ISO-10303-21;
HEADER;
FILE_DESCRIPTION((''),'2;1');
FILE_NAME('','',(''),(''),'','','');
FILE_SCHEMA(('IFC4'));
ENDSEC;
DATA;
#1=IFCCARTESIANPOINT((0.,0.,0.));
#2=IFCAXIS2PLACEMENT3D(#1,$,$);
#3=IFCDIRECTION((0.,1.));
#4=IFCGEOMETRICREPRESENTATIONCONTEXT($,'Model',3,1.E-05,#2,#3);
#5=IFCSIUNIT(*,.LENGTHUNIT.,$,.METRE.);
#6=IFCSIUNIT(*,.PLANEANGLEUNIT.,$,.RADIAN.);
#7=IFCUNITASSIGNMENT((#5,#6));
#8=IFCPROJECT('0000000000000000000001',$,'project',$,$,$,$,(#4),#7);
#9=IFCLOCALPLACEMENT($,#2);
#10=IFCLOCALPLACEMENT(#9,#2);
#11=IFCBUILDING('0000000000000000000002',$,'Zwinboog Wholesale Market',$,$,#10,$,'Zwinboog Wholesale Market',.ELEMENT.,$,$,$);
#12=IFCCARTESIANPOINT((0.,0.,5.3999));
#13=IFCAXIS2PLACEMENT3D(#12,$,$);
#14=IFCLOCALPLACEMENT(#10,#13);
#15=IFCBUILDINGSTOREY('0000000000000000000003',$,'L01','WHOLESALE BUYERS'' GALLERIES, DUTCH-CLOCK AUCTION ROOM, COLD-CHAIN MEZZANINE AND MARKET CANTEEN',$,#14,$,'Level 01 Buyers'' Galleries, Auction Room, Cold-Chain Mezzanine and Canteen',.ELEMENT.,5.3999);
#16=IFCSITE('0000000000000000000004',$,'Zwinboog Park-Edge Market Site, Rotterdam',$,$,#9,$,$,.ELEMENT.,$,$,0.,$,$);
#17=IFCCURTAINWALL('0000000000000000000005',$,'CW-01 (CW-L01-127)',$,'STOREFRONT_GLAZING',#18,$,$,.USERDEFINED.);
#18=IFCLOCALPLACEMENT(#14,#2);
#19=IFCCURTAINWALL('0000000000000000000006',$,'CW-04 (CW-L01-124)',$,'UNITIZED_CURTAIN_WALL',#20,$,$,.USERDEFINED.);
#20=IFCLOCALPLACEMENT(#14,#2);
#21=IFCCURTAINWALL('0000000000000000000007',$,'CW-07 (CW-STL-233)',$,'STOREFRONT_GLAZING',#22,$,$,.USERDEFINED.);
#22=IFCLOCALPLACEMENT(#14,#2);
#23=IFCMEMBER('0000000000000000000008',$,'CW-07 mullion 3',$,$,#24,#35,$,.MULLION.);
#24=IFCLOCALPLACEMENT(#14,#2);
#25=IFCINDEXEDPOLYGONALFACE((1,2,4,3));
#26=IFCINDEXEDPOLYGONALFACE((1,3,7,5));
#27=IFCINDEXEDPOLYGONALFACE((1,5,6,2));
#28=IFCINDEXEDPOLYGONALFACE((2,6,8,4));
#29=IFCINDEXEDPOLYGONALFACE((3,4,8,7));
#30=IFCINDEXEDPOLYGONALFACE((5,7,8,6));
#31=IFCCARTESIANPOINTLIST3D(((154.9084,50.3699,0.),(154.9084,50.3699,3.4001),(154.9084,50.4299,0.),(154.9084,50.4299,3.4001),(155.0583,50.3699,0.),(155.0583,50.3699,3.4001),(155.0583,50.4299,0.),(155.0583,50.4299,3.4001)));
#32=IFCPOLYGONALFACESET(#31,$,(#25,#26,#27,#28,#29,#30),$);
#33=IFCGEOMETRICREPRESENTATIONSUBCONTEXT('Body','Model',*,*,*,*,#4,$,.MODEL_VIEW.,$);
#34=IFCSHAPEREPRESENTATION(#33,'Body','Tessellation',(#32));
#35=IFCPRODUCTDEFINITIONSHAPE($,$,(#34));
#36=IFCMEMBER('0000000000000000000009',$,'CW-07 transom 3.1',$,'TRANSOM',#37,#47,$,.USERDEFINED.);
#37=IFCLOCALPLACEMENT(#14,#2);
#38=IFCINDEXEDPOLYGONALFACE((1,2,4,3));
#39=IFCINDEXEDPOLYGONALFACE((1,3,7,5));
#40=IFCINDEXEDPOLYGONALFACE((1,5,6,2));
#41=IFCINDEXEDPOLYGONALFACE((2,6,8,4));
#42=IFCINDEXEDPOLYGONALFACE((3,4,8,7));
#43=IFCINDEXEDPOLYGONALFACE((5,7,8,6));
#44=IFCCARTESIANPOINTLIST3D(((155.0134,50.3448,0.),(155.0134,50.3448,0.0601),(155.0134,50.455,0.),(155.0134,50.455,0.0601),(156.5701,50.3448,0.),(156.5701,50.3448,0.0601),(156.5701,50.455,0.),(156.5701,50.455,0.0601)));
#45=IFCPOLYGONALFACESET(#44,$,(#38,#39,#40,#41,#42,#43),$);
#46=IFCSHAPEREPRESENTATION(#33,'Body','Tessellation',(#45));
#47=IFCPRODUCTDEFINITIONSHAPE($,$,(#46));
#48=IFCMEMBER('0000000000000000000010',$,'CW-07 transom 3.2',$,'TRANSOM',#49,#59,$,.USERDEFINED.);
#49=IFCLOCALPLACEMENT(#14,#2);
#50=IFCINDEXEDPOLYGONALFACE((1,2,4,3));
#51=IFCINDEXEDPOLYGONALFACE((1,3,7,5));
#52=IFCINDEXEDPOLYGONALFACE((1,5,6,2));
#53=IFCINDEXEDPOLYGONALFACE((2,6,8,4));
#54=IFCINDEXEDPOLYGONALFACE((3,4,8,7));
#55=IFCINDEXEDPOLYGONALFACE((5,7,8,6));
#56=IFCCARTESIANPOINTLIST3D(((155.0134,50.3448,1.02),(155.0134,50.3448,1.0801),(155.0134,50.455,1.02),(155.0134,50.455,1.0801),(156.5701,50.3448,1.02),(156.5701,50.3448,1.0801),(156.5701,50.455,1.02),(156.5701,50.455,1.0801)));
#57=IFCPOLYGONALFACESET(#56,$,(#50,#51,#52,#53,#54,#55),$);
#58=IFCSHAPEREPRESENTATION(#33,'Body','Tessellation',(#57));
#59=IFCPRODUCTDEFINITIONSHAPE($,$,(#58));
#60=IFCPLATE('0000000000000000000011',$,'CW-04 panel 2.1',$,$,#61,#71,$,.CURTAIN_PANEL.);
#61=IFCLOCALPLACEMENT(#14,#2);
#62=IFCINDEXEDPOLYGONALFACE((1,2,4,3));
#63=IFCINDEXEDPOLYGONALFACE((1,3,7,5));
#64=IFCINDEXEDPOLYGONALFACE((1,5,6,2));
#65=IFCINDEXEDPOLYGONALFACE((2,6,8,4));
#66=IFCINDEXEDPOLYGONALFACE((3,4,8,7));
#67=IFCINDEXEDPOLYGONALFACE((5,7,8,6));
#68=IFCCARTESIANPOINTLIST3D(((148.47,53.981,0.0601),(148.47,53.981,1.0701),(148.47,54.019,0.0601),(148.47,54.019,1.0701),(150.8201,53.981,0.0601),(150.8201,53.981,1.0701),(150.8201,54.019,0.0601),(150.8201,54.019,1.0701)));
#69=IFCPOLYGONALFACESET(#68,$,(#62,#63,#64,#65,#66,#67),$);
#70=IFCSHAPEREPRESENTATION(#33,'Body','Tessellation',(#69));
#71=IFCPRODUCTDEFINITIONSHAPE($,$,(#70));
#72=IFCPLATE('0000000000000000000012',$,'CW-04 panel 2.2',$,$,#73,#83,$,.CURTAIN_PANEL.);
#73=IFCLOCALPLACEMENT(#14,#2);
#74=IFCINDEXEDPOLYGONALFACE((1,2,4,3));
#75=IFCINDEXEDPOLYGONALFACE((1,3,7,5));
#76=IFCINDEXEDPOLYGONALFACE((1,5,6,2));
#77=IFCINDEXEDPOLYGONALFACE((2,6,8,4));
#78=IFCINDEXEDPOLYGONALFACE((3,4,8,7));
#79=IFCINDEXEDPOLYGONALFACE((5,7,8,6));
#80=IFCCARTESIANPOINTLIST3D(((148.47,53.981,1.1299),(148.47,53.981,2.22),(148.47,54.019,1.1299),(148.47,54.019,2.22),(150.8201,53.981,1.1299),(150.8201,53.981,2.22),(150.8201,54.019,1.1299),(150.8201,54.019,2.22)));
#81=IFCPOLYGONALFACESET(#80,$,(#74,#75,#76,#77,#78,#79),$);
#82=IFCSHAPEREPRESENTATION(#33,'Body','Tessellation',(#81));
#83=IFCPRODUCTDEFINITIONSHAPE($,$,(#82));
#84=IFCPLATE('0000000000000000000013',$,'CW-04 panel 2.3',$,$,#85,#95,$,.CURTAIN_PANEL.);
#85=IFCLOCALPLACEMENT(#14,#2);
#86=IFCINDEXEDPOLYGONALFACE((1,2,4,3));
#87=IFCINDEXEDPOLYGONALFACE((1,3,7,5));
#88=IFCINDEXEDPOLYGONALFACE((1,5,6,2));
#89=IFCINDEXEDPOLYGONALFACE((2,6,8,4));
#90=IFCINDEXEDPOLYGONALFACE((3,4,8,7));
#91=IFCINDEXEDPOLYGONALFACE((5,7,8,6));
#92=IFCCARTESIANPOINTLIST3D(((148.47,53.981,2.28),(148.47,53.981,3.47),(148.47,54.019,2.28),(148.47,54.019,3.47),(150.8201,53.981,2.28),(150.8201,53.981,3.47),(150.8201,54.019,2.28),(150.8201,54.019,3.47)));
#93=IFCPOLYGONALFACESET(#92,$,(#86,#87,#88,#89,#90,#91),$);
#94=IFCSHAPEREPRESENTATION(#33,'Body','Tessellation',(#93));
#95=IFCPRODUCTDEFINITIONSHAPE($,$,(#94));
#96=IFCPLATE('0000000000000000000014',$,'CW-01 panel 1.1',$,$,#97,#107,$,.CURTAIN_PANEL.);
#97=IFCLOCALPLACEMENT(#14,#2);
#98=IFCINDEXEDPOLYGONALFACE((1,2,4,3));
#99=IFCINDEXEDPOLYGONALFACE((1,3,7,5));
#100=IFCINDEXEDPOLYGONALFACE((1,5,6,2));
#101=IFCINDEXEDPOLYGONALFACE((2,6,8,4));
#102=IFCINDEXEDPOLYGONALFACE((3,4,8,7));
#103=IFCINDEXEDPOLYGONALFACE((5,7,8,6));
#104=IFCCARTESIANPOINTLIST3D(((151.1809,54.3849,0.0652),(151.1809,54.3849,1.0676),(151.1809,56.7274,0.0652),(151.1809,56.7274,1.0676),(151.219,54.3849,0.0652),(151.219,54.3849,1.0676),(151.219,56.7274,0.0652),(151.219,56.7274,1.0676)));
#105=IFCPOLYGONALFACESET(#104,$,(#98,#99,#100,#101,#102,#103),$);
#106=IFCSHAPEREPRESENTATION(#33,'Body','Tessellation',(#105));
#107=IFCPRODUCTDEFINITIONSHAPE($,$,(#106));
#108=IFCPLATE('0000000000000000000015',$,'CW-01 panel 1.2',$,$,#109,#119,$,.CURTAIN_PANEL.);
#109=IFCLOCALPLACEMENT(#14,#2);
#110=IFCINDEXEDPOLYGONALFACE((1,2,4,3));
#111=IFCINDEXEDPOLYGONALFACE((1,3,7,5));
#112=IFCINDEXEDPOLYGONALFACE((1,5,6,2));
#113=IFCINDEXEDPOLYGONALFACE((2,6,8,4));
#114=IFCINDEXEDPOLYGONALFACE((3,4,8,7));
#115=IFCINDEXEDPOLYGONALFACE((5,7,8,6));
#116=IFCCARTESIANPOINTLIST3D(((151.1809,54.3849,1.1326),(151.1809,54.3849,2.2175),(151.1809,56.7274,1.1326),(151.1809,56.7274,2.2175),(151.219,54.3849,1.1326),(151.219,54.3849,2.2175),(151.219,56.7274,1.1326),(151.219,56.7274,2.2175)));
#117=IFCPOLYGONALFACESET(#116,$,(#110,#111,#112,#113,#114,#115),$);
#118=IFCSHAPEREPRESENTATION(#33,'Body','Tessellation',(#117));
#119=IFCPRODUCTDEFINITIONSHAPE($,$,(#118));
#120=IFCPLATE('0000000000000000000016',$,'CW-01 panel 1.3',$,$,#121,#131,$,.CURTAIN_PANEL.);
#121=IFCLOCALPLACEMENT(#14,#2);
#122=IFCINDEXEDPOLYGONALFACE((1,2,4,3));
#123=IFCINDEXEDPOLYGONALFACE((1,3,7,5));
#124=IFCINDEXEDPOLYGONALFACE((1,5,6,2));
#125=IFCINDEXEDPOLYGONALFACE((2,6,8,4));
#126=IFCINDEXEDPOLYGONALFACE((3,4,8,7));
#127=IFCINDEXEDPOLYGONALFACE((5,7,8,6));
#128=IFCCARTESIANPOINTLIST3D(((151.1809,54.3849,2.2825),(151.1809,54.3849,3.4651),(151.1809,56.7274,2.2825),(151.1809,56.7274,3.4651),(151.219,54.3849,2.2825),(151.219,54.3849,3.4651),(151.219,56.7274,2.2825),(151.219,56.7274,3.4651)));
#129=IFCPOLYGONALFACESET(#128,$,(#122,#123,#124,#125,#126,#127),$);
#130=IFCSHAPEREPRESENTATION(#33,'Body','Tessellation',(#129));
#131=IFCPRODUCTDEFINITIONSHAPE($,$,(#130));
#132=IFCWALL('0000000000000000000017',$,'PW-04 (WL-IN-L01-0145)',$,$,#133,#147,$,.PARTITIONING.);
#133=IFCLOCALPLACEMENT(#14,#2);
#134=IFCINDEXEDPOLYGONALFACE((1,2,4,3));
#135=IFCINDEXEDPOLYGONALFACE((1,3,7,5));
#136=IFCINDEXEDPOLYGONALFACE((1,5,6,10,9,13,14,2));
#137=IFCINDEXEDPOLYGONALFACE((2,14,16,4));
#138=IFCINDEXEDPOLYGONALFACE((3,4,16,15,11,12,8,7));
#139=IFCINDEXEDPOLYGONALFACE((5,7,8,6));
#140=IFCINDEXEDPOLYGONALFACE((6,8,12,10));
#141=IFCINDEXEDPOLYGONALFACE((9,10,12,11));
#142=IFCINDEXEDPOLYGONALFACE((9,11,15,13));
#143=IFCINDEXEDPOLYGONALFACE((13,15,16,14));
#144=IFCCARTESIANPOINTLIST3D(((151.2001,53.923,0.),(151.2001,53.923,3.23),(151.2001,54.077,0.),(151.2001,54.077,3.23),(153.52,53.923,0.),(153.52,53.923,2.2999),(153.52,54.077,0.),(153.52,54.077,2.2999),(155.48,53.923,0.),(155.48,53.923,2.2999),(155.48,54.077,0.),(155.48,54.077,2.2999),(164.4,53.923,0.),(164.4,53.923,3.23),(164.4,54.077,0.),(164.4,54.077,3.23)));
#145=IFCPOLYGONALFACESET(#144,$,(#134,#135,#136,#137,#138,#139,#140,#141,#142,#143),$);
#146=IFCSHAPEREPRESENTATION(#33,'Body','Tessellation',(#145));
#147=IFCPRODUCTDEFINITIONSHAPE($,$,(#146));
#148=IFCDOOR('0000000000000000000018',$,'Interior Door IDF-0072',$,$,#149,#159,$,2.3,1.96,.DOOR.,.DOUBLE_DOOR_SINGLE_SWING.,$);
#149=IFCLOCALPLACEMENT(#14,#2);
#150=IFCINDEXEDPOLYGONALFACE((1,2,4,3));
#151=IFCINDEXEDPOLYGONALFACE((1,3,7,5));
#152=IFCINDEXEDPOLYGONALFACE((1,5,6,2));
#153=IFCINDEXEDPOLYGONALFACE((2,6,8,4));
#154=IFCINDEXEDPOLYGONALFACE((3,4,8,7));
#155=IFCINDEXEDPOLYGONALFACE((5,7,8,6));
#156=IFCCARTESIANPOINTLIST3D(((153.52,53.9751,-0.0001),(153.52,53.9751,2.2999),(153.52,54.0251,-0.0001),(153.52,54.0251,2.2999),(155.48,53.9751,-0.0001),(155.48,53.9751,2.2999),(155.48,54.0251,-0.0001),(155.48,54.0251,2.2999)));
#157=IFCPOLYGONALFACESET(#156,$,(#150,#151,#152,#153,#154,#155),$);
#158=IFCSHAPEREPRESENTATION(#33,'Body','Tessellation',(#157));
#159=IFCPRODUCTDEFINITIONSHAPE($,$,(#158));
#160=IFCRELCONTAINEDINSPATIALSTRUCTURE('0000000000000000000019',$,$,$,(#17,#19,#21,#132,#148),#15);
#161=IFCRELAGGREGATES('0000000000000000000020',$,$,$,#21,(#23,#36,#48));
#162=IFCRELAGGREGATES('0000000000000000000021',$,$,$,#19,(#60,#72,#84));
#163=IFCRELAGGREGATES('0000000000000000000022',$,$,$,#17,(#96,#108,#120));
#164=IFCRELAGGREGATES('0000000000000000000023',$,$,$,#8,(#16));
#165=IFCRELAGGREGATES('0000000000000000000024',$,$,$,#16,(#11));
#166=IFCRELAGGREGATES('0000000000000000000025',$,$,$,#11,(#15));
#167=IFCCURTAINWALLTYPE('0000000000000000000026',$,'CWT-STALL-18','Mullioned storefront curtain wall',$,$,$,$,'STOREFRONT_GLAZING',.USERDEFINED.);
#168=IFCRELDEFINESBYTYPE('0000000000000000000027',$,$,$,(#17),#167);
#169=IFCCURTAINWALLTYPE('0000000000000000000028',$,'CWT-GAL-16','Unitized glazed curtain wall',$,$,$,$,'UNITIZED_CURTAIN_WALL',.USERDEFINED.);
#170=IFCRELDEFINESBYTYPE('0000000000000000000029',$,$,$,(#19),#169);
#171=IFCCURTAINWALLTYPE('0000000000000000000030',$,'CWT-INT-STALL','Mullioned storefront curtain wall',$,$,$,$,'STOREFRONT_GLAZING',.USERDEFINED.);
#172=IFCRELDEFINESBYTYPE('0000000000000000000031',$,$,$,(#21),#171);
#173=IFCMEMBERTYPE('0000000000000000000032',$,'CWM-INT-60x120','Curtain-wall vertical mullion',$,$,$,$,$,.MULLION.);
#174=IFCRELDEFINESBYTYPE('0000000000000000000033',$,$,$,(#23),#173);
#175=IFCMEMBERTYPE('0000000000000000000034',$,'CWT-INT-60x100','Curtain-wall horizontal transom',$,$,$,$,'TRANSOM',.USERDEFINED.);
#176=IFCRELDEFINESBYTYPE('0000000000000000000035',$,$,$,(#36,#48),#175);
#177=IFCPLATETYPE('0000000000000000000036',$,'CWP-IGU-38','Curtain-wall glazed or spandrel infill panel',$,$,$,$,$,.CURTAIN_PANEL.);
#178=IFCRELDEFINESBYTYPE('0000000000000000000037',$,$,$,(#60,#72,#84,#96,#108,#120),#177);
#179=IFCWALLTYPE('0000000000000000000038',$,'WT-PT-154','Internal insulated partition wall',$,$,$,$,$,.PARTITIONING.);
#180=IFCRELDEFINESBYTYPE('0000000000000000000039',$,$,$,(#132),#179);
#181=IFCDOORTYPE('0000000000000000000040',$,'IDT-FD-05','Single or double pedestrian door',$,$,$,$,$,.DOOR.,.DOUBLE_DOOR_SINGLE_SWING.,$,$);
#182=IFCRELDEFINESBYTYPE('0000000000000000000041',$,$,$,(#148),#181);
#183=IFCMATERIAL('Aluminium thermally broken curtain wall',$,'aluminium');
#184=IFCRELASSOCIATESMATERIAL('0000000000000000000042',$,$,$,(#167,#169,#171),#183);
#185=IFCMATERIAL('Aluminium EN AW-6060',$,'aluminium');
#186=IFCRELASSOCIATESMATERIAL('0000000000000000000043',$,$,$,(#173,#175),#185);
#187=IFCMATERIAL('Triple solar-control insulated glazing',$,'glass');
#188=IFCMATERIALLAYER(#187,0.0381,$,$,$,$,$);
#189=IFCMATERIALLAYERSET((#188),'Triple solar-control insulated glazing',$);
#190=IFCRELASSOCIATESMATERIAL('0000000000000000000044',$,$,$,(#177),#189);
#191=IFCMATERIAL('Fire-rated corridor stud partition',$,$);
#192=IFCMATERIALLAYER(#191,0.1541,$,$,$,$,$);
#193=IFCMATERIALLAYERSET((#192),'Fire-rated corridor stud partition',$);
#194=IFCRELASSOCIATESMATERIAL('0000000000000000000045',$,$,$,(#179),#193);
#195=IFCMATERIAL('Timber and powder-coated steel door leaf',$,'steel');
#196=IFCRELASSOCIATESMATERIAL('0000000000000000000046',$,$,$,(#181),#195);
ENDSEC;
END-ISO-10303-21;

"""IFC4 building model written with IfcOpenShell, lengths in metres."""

from ifc_helpers import new_model, si_unit, direction, frame, frame_2d, origin, origin_2d, place, context, subcontext, project, spatial, rectangle, extrude, material, layer, layer_set, material_profile, profile_set, type_object, element, fill, aggregate, save


model = new_model("IFC4")

# Units and contexts
model_context = context("Model", 3, precision=1e-05, world=origin(), true_north=direction((0.0, 1.0)))
body_context = subcontext(model_context, "Body", "Model", "MODEL_VIEW")
ifc_project = project(units=[si_unit("LENGTHUNIT", "METRE"), si_unit("PLANEANGLEUNIT", "RADIAN")], contexts=[model_context])

# Site, building, storey
site_placement = place(None, origin())
site = spatial("IfcSite", under=ifc_project, at=site_placement, Name="Zwinboog Park-Edge Market Site, Rotterdam", CompositionType="ELEMENT", RefElevation=0.0)
building_placement = place(site_placement, origin())
building = spatial("IfcBuilding", under=site, at=building_placement, Name="Zwinboog Wholesale Market", LongName="Zwinboog Wholesale Market", CompositionType="ELEMENT")
storey_placement = place(building_placement, frame((0.0, 0.0, 5.3999)))
storey = spatial("IfcBuildingStorey", under=building, at=storey_placement, Name="L01", Description="WHOLESALE BUYERS' GALLERIES, DUTCH-CLOCK AUCTION ROOM, COLD-CHAIN MEZZANINE AND MARKET CANTEEN", LongName="Level 01 Buyers' Galleries, Auction Room, Cold-Chain Mezzanine and Canteen", CompositionType="ELEMENT", Elevation=5.3999)

# Curtain wall
ifc_material_1 = material(Name="Aluminium thermally broken curtain wall", Category="aluminium")
curtain_wall_type_1 = type_object("IfcCurtainWallType", Name="CWT-STALL-18", Description="Mullioned storefront curtain wall", ElementType="STOREFRONT_GLAZING", PredefinedType="USERDEFINED", material=ifc_material_1)
curtain_wall_1_placement = place(storey_placement, origin())
curtain_wall_1 = element("IfcCurtainWall", 1, at=curtain_wall_1_placement, inside=storey, type_object=curtain_wall_type_1, Name="CW-01 (CW-L01-127)", ObjectType="STOREFRONT_GLAZING", PredefinedType="USERDEFINED")
ifc_material_2 = material(Name="Aluminium EN AW-6060", Category="aluminium")

# Curtain wall
curtain_wall_type_2 = type_object("IfcCurtainWallType", Name="CWT-GAL-16", Description="Unitized glazed curtain wall", ElementType="UNITIZED_CURTAIN_WALL", PredefinedType="USERDEFINED", material=ifc_material_1)
curtain_wall_2_placement = place(storey_placement, origin())
curtain_wall_2 = element("IfcCurtainWall", 2, at=curtain_wall_2_placement, inside=storey, type_object=curtain_wall_type_2, Name="CW-04 (CW-L01-124)", ObjectType="UNITIZED_CURTAIN_WALL", PredefinedType="USERDEFINED")

# Curtain wall, members
curtain_wall_type_3 = type_object("IfcCurtainWallType", Name="CWT-INT-STALL", Description="Mullioned storefront curtain wall", ElementType="STOREFRONT_GLAZING", PredefinedType="USERDEFINED", material=ifc_material_1)
curtain_wall_3_placement = place(storey_placement, origin())
curtain_wall_3 = element("IfcCurtainWall", 3, at=curtain_wall_3_placement, inside=storey, type_object=curtain_wall_type_3, Name="CW-07 (CW-STL-233)", ObjectType="STOREFRONT_GLAZING", PredefinedType="USERDEFINED")
ifc_material_profile_1 = material_profile(ifc_material_2, rectangle(XDim=0.0601, YDim=0.1499, at=origin_2d()), Name="AL 60x150")
ifc_profile_set_1 = profile_set([ifc_material_profile_1], Name="Aluminium EN AW-6060")
member_type_1 = type_object("IfcMemberType", Name="CWM-INT-60x120", Description="Curtain-wall vertical mullion", PredefinedType="MULLION", material=ifc_profile_set_1)
member_1_placement = place(storey_placement, frame((154.9834, 50.3999, 0.0), z_axis=(0.0, 0.0, 1.0), x_axis=(0.0, 1.0, 0.0)))
member_1 = element("IfcMember", 4, at=member_1_placement, type_object=member_type_1, Name="CW-07 mullion 3", PredefinedType="MULLION", context=body_context, shape_type="SweptSolid", body=[
    extrude(rectangle(XDim=0.0601, YDim=0.1499, at=origin_2d()), origin(), (0.0, 0.0, 1.0), 3.4001),
])
ifc_material_profile_2 = material_profile(ifc_material_2, rectangle(XDim=0.1101, YDim=0.0601, at=origin_2d()), Name="AL 60x110")
ifc_profile_set_2 = profile_set([ifc_material_profile_2], Name="Aluminium EN AW-6060")
member_type_2 = type_object("IfcMemberType", Name="CWT-INT-60x100", Description="Curtain-wall horizontal transom", ElementType="TRANSOM", PredefinedType="USERDEFINED", material=ifc_profile_set_2)
member_2_placement = place(storey_placement, frame((155.0134, 50.3999, 0.03), z_axis=(1.0, 0.0, 0.0), x_axis=(0.0, 1.0, 0.0)))
member_2 = element("IfcMember", 5, at=member_2_placement, type_object=member_type_2, Name="CW-07 transom 3.1", ObjectType="TRANSOM", PredefinedType="USERDEFINED", context=body_context, shape_type="SweptSolid", body=[
    extrude(rectangle(XDim=0.1101, YDim=0.0601, at=origin_2d()), origin(), (0.0, 0.0, 1.0), 1.5566),
])
member_3_placement = place(storey_placement, frame((155.0134, 50.3999, 1.05), z_axis=(1.0, 0.0, 0.0), x_axis=(0.0, 1.0, 0.0)))
member_3 = element("IfcMember", 6, at=member_3_placement, type_object=member_type_2, Name="CW-07 transom 3.2", ObjectType="TRANSOM", PredefinedType="USERDEFINED", context=body_context, shape_type="SweptSolid", body=[
    extrude(rectangle(XDim=0.1101, YDim=0.0601, at=origin_2d()), origin(), (0.0, 0.0, 1.0), 1.5566),
])
aggregate(curtain_wall_3, [member_1, member_2, member_3])

# Plates
ifc_material_3 = material(Name="Triple solar-control insulated glazing", Category="glass")
ifc_layer_1 = layer(ifc_material_3, 0.0381)
ifc_layer_set_1 = layer_set([ifc_layer_1], Name="Triple solar-control insulated glazing")
plate_type = type_object("IfcPlateType", Name="CWP-IGU-38", Description="Curtain-wall glazed or spandrel infill panel", PredefinedType="CURTAIN_PANEL", material=ifc_layer_set_1)
plate_1_placement = place(storey_placement, frame((149.645, 54.0, 0.0601), z_axis=(0.0, 0.0, 1.0), x_axis=(1.0, 0.0, 0.0)))
plate_1 = element("IfcPlate", 7, at=plate_1_placement, type_object=plate_type, Name="CW-04 panel 2.1", PredefinedType="CURTAIN_PANEL", context=body_context, shape_type="SweptSolid", body=[
    extrude(rectangle(XDim=2.3501, YDim=0.0381, at=origin_2d()), origin(), (0.0, 0.0, 1.0), 1.01),
])
plate_2_placement = place(storey_placement, frame((149.645, 54.0, 1.1299), z_axis=(0.0, 0.0, 1.0), x_axis=(1.0, 0.0, 0.0)))
plate_2 = element("IfcPlate", 8, at=plate_2_placement, type_object=plate_type, Name="CW-04 panel 2.2", PredefinedType="CURTAIN_PANEL", context=body_context, shape_type="SweptSolid", body=[
    extrude(rectangle(XDim=2.3501, YDim=0.0381, at=origin_2d()), origin(), (0.0, 0.0, 1.0), 1.0901),
])
plate_3_placement = place(storey_placement, frame((149.645, 54.0, 2.28), z_axis=(0.0, 0.0, 1.0), x_axis=(1.0, 0.0, 0.0)))
plate_3 = element("IfcPlate", 9, at=plate_3_placement, type_object=plate_type, Name="CW-04 panel 2.3", PredefinedType="CURTAIN_PANEL", context=body_context, shape_type="SweptSolid", body=[
    extrude(rectangle(XDim=2.3501, YDim=0.0381, at=origin_2d()), origin(), (0.0, 0.0, 1.0), 1.1899),
])
aggregate(curtain_wall_2, [plate_1, plate_2, plate_3])
plate_4_placement = place(storey_placement, frame((151.2, 55.5562, 0.0652), z_axis=(0.0, 0.0, 1.0), x_axis=(0.0, 1.0, 0.0)))
plate_4 = element("IfcPlate", 10, at=plate_4_placement, type_object=plate_type, Name="CW-01 panel 1.1", PredefinedType="CURTAIN_PANEL", context=body_context, shape_type="SweptSolid", body=[
    extrude(rectangle(XDim=2.3425, YDim=0.0381, at=origin_2d()), origin(), (0.0, 0.0, 1.0), 1.0024),
])
plate_5_placement = place(storey_placement, frame((151.2, 55.5562, 1.1326), z_axis=(0.0, 0.0, 1.0), x_axis=(0.0, 1.0, 0.0)))
plate_5 = element("IfcPlate", 11, at=plate_5_placement, type_object=plate_type, Name="CW-01 panel 1.2", PredefinedType="CURTAIN_PANEL", context=body_context, shape_type="SweptSolid", body=[
    extrude(rectangle(XDim=2.3425, YDim=0.0381, at=origin_2d()), origin(), (0.0, 0.0, 1.0), 1.085),
])
plate_6_placement = place(storey_placement, frame((151.2, 55.5562, 2.2825), z_axis=(0.0, 0.0, 1.0), x_axis=(0.0, 1.0, 0.0)))
plate_6 = element("IfcPlate", 12, at=plate_6_placement, type_object=plate_type, Name="CW-01 panel 1.3", PredefinedType="CURTAIN_PANEL", context=body_context, shape_type="SweptSolid", body=[
    extrude(rectangle(XDim=2.3425, YDim=0.0381, at=origin_2d()), origin(), (0.0, 0.0, 1.0), 1.1826),
])
aggregate(curtain_wall_1, [plate_4, plate_5, plate_6])

# Wall, opening, door
ifc_material_4 = material(Name="Fire-rated corridor stud partition")
ifc_layer_2 = layer(ifc_material_4, 0.1541)
ifc_layer_set_2 = layer_set([ifc_layer_2], Name="Fire-rated corridor stud partition")
wall_type = type_object("IfcWallType", Name="WT-PT-154", Description="Internal insulated partition wall", PredefinedType="PARTITIONING", material=ifc_layer_set_2)
wall_placement = place(storey_placement, frame((151.2, 54.0, 0.0), z_axis=(0.0, 0.0, 1.0), x_axis=(1.0, 0.0, 0.0)))
wall = element("IfcWall", 13, at=wall_placement, inside=storey, type_object=wall_type, Name="PW-04 (WL-IN-L01-0145)", PredefinedType="PARTITIONING", context=body_context, shape_type="SweptSolid", body=[
    extrude(rectangle(XDim=13.2, YDim=0.1541, at=frame_2d((6.6001, 0.0))), origin(), (0.0, 0.0, 1.0), 3.23),
])
opening_placement = place(wall_placement, frame((2.3201, 0.0, 0.0)))
opening = element("IfcOpeningElement", 14, at=opening_placement, cuts=wall, PredefinedType="OPENING", context=body_context, shape_type="SweptSolid", body=[
    extrude(rectangle(XDim=1.96, YDim=2.3, at=frame_2d((0.98, 1.1499))), frame((0.0, 0.0869, 0.0), z_axis=(0.0, -1.0, 0.0), x_axis=(1.0, 0.0, 0.0)), (0.0, 0.0, 1.0), 0.1741),
])
ifc_material_5 = material(Name="Timber and powder-coated steel door leaf", Category="steel")
door_type = type_object("IfcDoorType", Name="IDT-FD-05", Description="Single or double pedestrian door", OperationType="DOUBLE_DOOR_SINGLE_SWING", PredefinedType="DOOR", material=ifc_material_5)
door_placement = place(opening_placement, frame((1.96, 0.0, 0.0), z_axis=(0.0, 0.0, 1.0), x_axis=(-1.0, 0.0, 0.0)))
door = element("IfcDoor", 15, at=door_placement, inside=storey, type_object=door_type, Name="Interior Door IDF-0072", OperationType="DOUBLE_DOOR_SINGLE_SWING", OverallHeight=2.3, OverallWidth=1.96, PredefinedType="DOOR", context=body_context, shape_type="SweptSolid", body=[
    extrude(rectangle(XDim=1.96, YDim=2.3, at=frame_2d((0.98, 1.1499))), frame((0.0, 0.0249, 0.0), z_axis=(0.0, -1.0, 0.0), x_axis=(1.0, 0.0, 0.0)), (0.0, 0.0, 1.0), 0.05),
])
fill(opening, door)

save(model, "model.ifc")
